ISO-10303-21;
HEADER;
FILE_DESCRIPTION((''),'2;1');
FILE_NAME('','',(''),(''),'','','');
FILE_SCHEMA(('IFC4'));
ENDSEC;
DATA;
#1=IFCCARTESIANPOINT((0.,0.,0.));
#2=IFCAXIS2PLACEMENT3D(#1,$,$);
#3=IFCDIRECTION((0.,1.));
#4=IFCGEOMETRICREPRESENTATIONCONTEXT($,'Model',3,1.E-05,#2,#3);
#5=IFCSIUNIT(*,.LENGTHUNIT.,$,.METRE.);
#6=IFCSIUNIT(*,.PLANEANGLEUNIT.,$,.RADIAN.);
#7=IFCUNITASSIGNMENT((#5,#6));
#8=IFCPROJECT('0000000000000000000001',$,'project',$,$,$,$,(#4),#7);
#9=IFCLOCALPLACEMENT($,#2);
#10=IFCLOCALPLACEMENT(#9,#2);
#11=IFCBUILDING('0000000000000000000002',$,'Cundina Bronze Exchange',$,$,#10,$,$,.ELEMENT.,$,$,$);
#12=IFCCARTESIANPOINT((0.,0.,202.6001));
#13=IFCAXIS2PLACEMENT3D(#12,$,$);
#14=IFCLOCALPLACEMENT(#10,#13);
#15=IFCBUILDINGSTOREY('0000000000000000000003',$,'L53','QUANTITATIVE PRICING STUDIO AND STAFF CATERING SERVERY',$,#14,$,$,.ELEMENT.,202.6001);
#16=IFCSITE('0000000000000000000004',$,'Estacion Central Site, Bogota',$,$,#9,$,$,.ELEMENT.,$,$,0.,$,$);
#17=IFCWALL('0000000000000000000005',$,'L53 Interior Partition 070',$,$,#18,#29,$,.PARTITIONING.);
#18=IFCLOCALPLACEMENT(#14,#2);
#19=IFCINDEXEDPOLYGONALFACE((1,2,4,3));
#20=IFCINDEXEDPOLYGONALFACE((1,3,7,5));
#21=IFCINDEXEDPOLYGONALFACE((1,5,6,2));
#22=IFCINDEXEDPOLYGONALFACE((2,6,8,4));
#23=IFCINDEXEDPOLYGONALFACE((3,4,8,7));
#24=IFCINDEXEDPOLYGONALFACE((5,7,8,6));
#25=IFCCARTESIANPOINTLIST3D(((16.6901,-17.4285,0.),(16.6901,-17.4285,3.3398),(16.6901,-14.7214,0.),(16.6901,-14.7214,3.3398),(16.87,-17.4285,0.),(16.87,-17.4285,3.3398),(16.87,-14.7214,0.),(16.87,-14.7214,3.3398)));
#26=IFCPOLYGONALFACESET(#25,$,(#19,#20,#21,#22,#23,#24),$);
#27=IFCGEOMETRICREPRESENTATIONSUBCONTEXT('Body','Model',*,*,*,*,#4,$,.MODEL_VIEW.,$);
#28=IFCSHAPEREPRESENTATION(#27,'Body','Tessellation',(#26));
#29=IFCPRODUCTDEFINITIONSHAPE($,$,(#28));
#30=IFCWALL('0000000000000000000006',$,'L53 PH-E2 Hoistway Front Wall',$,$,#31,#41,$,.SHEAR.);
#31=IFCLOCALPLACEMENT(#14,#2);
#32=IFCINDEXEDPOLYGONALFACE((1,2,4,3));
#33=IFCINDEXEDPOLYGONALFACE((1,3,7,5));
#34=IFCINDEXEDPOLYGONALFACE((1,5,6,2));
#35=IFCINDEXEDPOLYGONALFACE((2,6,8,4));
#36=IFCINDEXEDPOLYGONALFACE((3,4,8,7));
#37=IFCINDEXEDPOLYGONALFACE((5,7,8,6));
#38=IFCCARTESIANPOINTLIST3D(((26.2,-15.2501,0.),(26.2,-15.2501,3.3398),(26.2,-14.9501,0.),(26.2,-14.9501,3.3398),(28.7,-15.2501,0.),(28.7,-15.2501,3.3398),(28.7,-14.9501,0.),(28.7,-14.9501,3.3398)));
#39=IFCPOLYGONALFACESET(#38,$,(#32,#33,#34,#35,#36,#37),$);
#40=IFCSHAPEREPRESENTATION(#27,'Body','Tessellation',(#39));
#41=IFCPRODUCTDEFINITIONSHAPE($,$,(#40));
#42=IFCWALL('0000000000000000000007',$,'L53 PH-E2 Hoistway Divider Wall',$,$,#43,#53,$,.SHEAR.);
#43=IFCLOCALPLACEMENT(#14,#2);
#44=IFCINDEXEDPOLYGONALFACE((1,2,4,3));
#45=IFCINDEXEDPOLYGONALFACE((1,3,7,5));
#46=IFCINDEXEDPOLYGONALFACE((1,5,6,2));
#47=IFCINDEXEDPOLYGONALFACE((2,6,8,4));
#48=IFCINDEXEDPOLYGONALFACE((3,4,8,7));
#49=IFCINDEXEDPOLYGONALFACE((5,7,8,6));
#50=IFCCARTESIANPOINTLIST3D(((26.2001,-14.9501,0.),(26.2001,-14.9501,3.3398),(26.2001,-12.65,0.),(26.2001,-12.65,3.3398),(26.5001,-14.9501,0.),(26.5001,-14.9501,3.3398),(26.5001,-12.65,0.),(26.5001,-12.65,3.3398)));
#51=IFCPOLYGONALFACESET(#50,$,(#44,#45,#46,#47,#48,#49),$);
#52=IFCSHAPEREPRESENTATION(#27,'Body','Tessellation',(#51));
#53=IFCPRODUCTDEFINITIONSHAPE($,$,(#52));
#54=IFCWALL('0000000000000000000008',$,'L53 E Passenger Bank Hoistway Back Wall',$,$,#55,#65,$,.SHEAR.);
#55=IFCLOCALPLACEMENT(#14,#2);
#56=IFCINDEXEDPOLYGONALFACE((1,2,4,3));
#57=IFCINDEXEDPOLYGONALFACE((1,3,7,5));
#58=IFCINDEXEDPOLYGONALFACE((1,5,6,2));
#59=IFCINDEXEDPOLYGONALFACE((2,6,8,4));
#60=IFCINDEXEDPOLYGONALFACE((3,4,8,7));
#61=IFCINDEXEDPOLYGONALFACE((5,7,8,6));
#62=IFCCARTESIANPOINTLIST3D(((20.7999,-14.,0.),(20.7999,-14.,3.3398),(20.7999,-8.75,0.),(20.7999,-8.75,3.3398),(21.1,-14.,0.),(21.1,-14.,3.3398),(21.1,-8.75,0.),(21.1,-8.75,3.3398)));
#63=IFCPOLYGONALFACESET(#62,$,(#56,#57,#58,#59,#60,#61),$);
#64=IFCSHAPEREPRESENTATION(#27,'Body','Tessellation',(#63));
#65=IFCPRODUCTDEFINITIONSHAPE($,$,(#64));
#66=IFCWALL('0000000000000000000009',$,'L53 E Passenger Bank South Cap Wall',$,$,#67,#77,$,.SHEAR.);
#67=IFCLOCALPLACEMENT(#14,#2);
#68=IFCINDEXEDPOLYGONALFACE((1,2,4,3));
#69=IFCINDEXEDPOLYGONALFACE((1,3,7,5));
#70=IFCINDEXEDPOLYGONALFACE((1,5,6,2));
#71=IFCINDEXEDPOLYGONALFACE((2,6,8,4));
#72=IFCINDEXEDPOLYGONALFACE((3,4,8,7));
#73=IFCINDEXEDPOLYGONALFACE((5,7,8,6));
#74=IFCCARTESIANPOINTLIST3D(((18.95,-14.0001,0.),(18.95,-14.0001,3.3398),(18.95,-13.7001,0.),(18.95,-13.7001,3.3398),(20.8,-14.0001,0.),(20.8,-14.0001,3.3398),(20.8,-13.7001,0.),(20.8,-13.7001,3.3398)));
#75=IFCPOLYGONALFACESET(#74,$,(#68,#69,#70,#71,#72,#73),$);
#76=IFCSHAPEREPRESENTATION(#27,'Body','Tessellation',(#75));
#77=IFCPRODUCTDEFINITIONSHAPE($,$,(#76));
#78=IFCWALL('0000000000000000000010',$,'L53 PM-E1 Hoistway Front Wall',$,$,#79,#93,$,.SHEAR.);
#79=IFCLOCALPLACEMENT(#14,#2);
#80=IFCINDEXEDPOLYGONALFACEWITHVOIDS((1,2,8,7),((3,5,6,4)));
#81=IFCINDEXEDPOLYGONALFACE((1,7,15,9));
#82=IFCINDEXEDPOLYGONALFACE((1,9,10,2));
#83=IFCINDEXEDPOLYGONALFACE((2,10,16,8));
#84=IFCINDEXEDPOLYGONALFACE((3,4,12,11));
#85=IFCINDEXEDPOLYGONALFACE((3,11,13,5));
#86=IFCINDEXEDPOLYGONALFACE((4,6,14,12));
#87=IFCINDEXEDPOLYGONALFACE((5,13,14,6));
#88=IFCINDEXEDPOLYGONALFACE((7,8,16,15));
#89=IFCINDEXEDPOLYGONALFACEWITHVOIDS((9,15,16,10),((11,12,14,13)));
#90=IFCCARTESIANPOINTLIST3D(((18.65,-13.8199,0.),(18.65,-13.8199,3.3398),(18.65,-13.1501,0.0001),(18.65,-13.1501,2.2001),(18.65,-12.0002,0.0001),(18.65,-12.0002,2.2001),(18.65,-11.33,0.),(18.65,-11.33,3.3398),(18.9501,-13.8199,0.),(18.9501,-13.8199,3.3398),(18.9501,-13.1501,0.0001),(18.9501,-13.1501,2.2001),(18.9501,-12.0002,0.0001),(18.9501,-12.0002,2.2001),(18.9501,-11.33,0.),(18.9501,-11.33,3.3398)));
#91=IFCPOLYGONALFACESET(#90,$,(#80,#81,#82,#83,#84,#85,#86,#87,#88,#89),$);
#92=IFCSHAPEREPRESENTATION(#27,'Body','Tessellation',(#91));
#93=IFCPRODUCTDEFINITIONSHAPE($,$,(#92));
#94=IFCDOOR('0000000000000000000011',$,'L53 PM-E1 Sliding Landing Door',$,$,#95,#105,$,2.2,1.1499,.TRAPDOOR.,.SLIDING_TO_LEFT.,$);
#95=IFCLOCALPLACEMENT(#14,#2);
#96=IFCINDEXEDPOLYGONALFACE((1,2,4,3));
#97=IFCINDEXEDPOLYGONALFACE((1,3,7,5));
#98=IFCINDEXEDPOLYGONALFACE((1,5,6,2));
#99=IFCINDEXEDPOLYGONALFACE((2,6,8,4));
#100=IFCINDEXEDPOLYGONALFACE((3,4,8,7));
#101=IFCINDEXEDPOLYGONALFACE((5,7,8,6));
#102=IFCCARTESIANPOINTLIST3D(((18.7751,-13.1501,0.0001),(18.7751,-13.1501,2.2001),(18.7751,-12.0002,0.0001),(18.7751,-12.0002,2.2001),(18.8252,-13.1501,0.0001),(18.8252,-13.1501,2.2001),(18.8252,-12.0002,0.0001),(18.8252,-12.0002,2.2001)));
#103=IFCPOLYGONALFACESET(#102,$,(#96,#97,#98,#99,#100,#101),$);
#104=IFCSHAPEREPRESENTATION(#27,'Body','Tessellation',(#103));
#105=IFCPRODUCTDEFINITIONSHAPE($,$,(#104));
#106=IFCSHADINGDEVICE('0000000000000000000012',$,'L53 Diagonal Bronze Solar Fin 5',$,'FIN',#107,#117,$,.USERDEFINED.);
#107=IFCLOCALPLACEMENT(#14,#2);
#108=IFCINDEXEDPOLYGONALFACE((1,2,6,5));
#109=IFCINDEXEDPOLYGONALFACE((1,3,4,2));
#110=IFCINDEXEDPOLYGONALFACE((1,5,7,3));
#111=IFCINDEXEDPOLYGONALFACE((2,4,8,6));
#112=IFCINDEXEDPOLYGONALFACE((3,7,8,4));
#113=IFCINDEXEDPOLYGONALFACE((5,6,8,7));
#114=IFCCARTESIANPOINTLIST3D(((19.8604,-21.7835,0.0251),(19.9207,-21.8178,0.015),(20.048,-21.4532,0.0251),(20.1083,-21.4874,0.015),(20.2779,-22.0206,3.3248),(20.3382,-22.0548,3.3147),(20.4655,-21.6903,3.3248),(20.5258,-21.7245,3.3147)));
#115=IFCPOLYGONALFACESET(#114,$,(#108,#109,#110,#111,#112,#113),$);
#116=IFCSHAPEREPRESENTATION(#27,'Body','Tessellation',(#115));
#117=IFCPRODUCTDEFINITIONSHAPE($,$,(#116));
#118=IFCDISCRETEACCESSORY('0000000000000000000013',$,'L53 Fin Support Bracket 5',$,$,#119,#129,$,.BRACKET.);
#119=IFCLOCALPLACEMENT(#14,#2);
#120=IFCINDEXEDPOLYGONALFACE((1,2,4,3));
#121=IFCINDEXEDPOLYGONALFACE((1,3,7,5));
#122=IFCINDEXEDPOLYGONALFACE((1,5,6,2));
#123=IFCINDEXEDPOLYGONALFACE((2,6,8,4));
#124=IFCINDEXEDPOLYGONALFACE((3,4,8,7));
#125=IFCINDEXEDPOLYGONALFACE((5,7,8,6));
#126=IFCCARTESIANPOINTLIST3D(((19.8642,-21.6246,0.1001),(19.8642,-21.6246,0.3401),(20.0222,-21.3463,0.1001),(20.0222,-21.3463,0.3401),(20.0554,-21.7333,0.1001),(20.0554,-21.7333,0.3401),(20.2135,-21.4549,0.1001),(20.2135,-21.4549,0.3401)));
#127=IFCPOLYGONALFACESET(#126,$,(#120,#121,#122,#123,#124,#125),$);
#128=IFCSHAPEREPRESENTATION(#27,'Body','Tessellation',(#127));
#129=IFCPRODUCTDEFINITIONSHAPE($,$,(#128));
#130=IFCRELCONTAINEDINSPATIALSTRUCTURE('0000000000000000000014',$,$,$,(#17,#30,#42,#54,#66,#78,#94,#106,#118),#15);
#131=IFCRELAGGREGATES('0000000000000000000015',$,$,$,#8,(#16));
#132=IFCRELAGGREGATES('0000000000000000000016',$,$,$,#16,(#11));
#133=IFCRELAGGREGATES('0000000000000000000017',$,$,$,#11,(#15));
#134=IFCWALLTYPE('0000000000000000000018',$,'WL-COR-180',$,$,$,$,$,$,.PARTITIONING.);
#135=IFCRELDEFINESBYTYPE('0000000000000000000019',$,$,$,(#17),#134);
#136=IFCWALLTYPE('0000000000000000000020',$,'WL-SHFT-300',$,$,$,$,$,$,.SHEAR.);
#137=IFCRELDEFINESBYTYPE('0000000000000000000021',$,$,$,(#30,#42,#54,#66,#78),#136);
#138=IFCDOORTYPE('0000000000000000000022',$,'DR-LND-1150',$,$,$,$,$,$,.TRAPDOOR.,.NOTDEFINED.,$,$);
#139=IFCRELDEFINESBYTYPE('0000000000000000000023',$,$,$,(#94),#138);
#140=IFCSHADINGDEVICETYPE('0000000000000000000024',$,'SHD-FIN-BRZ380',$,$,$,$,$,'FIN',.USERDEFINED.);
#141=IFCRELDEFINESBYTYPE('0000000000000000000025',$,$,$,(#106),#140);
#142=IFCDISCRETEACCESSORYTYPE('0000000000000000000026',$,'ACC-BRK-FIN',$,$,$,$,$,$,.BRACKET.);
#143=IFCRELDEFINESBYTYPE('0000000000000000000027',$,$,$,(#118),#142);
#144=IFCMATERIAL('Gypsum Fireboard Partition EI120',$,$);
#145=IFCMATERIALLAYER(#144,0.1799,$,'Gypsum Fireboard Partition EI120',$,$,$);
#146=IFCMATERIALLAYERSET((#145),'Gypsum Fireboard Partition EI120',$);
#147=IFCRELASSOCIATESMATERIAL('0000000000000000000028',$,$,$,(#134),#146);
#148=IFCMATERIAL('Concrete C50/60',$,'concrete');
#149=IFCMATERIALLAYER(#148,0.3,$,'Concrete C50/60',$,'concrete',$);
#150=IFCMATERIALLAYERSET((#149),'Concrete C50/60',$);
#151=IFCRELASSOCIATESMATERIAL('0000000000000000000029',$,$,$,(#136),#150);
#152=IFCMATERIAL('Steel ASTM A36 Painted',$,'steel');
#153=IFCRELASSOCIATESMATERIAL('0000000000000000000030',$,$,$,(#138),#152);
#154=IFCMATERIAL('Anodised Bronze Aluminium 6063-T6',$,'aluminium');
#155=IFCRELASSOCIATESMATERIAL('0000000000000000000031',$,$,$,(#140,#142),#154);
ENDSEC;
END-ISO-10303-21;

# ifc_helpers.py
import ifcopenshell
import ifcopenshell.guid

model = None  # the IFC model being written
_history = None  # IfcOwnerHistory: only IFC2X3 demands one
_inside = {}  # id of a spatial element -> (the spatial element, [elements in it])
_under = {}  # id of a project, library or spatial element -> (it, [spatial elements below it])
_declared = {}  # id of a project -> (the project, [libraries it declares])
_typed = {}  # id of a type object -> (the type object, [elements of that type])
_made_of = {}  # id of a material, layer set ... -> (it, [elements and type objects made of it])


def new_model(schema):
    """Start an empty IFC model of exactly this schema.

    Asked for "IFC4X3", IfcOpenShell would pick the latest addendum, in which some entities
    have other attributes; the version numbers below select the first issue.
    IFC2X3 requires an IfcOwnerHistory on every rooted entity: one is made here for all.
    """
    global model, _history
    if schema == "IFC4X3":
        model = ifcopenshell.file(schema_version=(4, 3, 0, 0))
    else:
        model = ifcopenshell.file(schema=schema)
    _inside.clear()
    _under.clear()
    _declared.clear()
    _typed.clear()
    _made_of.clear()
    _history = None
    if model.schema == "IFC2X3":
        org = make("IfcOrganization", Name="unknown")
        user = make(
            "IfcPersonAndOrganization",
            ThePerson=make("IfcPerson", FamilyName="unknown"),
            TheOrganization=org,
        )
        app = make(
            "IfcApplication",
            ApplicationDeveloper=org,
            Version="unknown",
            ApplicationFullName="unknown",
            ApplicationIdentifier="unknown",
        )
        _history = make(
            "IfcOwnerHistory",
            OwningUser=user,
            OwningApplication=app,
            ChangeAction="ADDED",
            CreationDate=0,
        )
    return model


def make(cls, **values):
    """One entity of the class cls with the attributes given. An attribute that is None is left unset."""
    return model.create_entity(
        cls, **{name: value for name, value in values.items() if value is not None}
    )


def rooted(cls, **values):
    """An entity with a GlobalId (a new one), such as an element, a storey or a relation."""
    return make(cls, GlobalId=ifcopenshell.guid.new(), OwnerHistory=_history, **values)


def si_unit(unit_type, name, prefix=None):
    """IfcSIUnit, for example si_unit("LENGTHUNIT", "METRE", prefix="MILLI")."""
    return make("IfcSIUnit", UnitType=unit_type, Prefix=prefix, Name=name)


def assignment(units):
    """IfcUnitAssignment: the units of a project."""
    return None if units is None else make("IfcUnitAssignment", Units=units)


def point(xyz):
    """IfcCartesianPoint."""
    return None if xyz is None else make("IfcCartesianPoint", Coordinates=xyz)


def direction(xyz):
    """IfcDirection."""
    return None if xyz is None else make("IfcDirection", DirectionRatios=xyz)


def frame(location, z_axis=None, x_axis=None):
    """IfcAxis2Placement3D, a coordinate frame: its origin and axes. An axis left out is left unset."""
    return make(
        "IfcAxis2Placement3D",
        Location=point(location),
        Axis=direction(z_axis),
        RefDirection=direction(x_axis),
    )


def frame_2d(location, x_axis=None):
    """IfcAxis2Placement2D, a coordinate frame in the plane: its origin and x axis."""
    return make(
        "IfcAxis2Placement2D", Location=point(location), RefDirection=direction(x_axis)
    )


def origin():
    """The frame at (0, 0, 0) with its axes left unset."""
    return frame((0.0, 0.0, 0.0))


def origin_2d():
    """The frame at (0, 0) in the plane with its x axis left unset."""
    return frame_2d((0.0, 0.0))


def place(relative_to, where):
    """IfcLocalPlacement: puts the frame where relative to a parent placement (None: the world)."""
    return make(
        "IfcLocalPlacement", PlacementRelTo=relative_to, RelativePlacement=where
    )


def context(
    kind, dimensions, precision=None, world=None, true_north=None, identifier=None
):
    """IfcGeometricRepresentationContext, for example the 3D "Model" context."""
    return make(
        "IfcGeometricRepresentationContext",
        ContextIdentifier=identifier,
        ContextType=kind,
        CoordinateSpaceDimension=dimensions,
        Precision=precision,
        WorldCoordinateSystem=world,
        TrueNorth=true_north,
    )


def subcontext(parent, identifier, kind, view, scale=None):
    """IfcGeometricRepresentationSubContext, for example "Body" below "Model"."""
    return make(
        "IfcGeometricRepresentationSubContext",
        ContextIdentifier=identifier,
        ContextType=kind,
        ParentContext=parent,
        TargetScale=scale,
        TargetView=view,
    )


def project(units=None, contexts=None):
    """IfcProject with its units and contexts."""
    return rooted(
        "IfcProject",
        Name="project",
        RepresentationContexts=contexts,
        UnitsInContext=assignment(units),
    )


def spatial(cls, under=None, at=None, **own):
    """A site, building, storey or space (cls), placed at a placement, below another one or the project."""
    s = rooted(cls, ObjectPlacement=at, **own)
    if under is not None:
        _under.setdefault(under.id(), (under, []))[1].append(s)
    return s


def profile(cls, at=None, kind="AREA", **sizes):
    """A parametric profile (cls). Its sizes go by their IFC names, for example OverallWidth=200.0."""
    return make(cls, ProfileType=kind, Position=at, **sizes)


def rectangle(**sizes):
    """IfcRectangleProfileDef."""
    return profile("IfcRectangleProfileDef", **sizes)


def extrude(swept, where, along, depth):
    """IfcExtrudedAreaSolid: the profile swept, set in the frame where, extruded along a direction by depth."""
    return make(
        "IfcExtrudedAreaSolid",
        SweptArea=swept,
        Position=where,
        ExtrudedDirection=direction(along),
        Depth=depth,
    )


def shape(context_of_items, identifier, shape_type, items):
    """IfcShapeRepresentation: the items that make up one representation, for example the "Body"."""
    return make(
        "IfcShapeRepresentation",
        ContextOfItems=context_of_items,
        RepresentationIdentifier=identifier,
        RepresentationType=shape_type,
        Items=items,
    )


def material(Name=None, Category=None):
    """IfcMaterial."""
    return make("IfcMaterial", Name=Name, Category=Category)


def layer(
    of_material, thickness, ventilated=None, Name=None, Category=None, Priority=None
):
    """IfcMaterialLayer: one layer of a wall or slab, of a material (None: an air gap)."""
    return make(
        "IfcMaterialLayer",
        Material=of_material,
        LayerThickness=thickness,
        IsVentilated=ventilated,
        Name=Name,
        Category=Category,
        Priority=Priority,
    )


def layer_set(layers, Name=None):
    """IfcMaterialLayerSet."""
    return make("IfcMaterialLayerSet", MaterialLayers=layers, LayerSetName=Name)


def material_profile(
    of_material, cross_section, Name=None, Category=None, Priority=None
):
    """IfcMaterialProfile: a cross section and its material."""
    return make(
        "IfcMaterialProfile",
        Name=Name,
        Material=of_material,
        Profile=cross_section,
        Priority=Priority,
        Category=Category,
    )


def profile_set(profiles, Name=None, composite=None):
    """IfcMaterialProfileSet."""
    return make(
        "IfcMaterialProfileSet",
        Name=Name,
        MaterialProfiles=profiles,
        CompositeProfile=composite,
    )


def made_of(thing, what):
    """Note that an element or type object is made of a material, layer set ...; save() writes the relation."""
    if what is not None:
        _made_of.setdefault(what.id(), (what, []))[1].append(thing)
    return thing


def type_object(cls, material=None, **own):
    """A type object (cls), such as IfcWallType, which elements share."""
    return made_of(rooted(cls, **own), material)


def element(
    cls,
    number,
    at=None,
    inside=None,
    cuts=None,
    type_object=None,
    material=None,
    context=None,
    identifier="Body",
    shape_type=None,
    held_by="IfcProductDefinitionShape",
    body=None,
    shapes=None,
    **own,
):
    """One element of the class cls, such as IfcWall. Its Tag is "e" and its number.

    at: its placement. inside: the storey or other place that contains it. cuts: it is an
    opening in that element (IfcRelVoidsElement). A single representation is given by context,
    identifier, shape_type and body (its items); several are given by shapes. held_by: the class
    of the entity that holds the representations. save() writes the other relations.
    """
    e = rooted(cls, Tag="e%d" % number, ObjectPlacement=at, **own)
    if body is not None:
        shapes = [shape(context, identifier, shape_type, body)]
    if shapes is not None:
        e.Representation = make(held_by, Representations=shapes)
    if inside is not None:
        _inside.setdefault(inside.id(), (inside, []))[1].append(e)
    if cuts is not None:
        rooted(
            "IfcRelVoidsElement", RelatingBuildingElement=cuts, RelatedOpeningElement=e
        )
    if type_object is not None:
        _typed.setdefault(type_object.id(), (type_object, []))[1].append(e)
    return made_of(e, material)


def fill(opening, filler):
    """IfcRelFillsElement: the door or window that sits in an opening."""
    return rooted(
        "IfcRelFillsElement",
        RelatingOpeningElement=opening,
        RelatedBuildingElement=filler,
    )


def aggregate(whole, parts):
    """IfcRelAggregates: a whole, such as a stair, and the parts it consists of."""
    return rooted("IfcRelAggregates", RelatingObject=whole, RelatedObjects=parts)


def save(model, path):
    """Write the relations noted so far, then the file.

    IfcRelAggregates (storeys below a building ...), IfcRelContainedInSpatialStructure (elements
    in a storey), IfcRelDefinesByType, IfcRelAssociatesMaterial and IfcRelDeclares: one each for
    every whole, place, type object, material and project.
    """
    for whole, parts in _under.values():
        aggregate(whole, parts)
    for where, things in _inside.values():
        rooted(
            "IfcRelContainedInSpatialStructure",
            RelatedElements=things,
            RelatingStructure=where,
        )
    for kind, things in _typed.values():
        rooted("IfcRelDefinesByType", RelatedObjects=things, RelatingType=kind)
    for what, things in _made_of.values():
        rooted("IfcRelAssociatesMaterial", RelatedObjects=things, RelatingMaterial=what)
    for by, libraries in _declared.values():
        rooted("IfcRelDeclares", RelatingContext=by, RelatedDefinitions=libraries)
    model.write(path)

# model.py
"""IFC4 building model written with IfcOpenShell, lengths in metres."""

from ifc_helpers import new_model, si_unit, direction, frame, frame_2d, origin, origin_2d, place, context, subcontext, project, spatial, rectangle, extrude, material, layer, layer_set, material_profile, profile_set, type_object, element, fill, save


model = new_model("IFC4")

# Units and contexts
model_context = context("Model", 3, precision=1e-05, world=origin(), true_north=direction((0.0, 1.0)))
body_context = subcontext(model_context, "Body", "Model", "MODEL_VIEW")
ifc_project = project(units=[si_unit("LENGTHUNIT", "METRE"), si_unit("PLANEANGLEUNIT", "RADIAN")], contexts=[model_context])

# Site, building, storey
site_placement = place(None, origin())
site = spatial("IfcSite", under=ifc_project, at=site_placement, Name="Estacion Central Site, Bogota", CompositionType="ELEMENT", RefElevation=0.0)
building_placement = place(site_placement, origin())
building = spatial("IfcBuilding", under=site, at=building_placement, Name="Cundina Bronze Exchange", CompositionType="ELEMENT")
storey_placement = place(building_placement, frame((0.0, 0.0, 202.6001)))
storey = spatial("IfcBuildingStorey", under=building, at=storey_placement, Name="L53", Description="QUANTITATIVE PRICING STUDIO AND STAFF CATERING SERVERY", CompositionType="ELEMENT", Elevation=202.6001)

# Shared definitions
ifc_material_1 = material(Name="Concrete C50/60", Category="concrete")

# Shared definitions
ifc_material_2 = material(Name="Anodised Bronze Aluminium 6063-T6", Category="aluminium")

# Shared definitions
ifc_material_3 = material(Name="Gypsum Fireboard Partition EI120")
ifc_layer_1 = layer(ifc_material_3, 0.1799, Name="Gypsum Fireboard Partition EI120")
ifc_layer_set_1 = layer_set([ifc_layer_1], Name="Gypsum Fireboard Partition EI120")
wall_type_1 = type_object("IfcWallType", Name="WL-COR-180", PredefinedType="PARTITIONING", material=ifc_layer_set_1)

# Walls
wall_1_placement = place(storey_placement, frame((16.78, -14.7214, 0.0), z_axis=(0.0, 0.0, 1.0), x_axis=(0.0, -1.0, 0.0)))
element("IfcWall", 1, at=wall_1_placement, inside=storey, type_object=wall_type_1, Name="L53 Interior Partition 070", PredefinedType="PARTITIONING", context=body_context, shape_type="SweptSolid", body=[
    extrude(rectangle(XDim=2.707, YDim=0.1799, at=frame_2d((1.3535, 0.0))), origin(), (0.0, 0.0, 1.0), 3.3398),
])
ifc_layer_2 = layer(ifc_material_1, 0.3, Name="Concrete C50/60", Category="concrete")
ifc_layer_set_2 = layer_set([ifc_layer_2], Name="Concrete C50/60")
wall_type_2 = type_object("IfcWallType", Name="WL-SHFT-300", PredefinedType="SHEAR", material=ifc_layer_set_2)
wall_2_placement = place(storey_placement, frame((26.2, -15.1001, 0.0), z_axis=(0.0, 0.0, 1.0), x_axis=(1.0, 0.0, 0.0)))
element("IfcWall", 2, at=wall_2_placement, inside=storey, type_object=wall_type_2, Name="L53 PH-E2 Hoistway Front Wall", PredefinedType="SHEAR", context=body_context, shape_type="SweptSolid", body=[
    extrude(rectangle(XDim=2.5, YDim=0.3, at=frame_2d((1.25, 0.0))), origin(), (0.0, 0.0, 1.0), 3.3398),
])
wall_3_placement = place(storey_placement, frame((26.3501, -14.95, 0.0), z_axis=(0.0, 0.0, 1.0), x_axis=(0.0, 1.0, 0.0)))
element("IfcWall", 3, at=wall_3_placement, inside=storey, type_object=wall_type_2, Name="L53 PH-E2 Hoistway Divider Wall", PredefinedType="SHEAR", context=body_context, shape_type="SweptSolid", body=[
    extrude(rectangle(XDim=2.3, YDim=0.3, at=frame_2d((1.1499, 0.0))), origin(), (0.0, 0.0, 1.0), 3.3398),
])
wall_4_placement = place(storey_placement, frame((20.95, -14.0, 0.0), z_axis=(0.0, 0.0, 1.0), x_axis=(0.0, 1.0, 0.0)))
element("IfcWall", 4, at=wall_4_placement, inside=storey, type_object=wall_type_2, Name="L53 E Passenger Bank Hoistway Back Wall", PredefinedType="SHEAR", context=body_context, shape_type="SweptSolid", body=[
    extrude(rectangle(XDim=5.25, YDim=0.3, at=frame_2d((2.625, 0.0))), origin(), (0.0, 0.0, 1.0), 3.3398),
])
wall_5_placement = place(storey_placement, frame((18.95, -13.8501, 0.0), z_axis=(0.0, 0.0, 1.0), x_axis=(1.0, 0.0, 0.0)))
element("IfcWall", 5, at=wall_5_placement, inside=storey, type_object=wall_type_2, Name="L53 E Passenger Bank South Cap Wall", PredefinedType="SHEAR", context=body_context, shape_type="SweptSolid", body=[
    extrude(rectangle(XDim=1.8501, YDim=0.3, at=frame_2d((0.925, 0.0))), origin(), (0.0, 0.0, 1.0), 3.3398),
])

# Wall, opening, door
wall_6_placement = place(storey_placement, frame((18.8, -13.8201, 0.0), z_axis=(0.0, 0.0, 1.0), x_axis=(0.0, 1.0, 0.0)))
wall_6 = element("IfcWall", 6, at=wall_6_placement, inside=storey, type_object=wall_type_2, Name="L53 PM-E1 Hoistway Front Wall", PredefinedType="SHEAR", context=body_context, shape_type="SweptSolid", body=[
    extrude(rectangle(XDim=2.49, YDim=0.3, at=frame_2d((1.2451, 0.0))), origin(), (0.0, 0.0, 1.0), 3.3398),
])
opening_1_placement = place(wall_6_placement, frame((0.6699, 0.0, 0.0)))
opening_1 = element("IfcOpeningElement", 7, at=opening_1_placement, cuts=wall_6, PredefinedType="OPENING", context=body_context, shape_type="SweptSolid", body=[
    extrude(rectangle(XDim=1.1499, YDim=2.2, at=frame_2d((0.575, 1.1001))), frame((0.0, 0.1599, 0.0), z_axis=(0.0, -1.0, 0.0), x_axis=(1.0, 0.0, 0.0)), (0.0, 0.0, 1.0), 0.3201),
])
ifc_material_4 = material(Name="Steel ASTM A36 Painted", Category="steel")
door_type_1 = type_object("IfcDoorType", Name="DR-LND-1150", OperationType="NOTDEFINED", PredefinedType="TRAPDOOR", material=ifc_material_4)
door_1_placement = place(opening_1_placement, origin())
door_1 = element("IfcDoor", 8, at=door_1_placement, inside=storey, type_object=door_type_1, Name="L53 PM-E1 Sliding Landing Door", OperationType="SLIDING_TO_LEFT", OverallHeight=2.2, OverallWidth=1.1499, PredefinedType="TRAPDOOR", context=body_context, shape_type="SweptSolid", body=[
    extrude(rectangle(XDim=1.1499, YDim=2.2, at=frame_2d((0.575, 1.1001))), frame((0.0, 0.0249, 0.0), z_axis=(0.0, -1.0, 0.0), x_axis=(1.0, 0.0, 0.0)), (0.0, 0.0, 1.0), 0.05),
])
fill(opening_1, door_1)

# Shading device
ifc_material_profile_1 = material_profile(ifc_material_2, rectangle(XDim=0.0701, YDim=0.3799, at=origin_2d()), Name="FIN70X380", Category="aluminium")
ifc_profile_set_1 = profile_set([ifc_material_profile_1], Name="Anodised Bronze Aluminium 6063-T6")
shading_device_type = type_object("IfcShadingDeviceType", Name="SHD-FIN-BRZ380", ElementType="FIN", PredefinedType="USERDEFINED", material=ifc_profile_set_1)
shading_device_placement = place(storey_placement, frame((19.9844, -21.6355, 0.02), z_axis=(0.125199, -0.071092, 0.989581), x_axis=(-0.860526, 0.488638, 0.143975)))
element("IfcShadingDevice", 9, at=shading_device_placement, inside=storey, type_object=shading_device_type, Name="L53 Diagonal Bronze Solar Fin 5", ObjectType="FIN", PredefinedType="USERDEFINED", context=body_context, shape_type="SweptSolid", body=[
    extrude(rectangle(XDim=0.0701, YDim=0.3799, at=origin_2d()), origin(), (0.0, 0.0, 1.0), 3.3345),
])

# Discrete accessory
discrete_accessory_type = type_object("IfcDiscreteAccessoryType", Name="ACC-BRK-FIN", PredefinedType="BRACKET", material=ifc_material_2)
discrete_accessory_placement = place(storey_placement, frame((20.0388, -21.5398, 0.1001), z_axis=(0.0, 0.0, 1.0), x_axis=(0.869573, -0.493805, 0.0)))
element("IfcDiscreteAccessory", 10, at=discrete_accessory_placement, inside=storey, type_object=discrete_accessory_type, Name="L53 Fin Support Bracket 5", PredefinedType="BRACKET", context=body_context, shape_type="SweptSolid", body=[
    extrude(rectangle(XDim=0.22, YDim=0.3201, at=origin_2d()), origin(), (0.0, 0.0, 1.0), 0.24),
])

save(model, "model.ifc")
